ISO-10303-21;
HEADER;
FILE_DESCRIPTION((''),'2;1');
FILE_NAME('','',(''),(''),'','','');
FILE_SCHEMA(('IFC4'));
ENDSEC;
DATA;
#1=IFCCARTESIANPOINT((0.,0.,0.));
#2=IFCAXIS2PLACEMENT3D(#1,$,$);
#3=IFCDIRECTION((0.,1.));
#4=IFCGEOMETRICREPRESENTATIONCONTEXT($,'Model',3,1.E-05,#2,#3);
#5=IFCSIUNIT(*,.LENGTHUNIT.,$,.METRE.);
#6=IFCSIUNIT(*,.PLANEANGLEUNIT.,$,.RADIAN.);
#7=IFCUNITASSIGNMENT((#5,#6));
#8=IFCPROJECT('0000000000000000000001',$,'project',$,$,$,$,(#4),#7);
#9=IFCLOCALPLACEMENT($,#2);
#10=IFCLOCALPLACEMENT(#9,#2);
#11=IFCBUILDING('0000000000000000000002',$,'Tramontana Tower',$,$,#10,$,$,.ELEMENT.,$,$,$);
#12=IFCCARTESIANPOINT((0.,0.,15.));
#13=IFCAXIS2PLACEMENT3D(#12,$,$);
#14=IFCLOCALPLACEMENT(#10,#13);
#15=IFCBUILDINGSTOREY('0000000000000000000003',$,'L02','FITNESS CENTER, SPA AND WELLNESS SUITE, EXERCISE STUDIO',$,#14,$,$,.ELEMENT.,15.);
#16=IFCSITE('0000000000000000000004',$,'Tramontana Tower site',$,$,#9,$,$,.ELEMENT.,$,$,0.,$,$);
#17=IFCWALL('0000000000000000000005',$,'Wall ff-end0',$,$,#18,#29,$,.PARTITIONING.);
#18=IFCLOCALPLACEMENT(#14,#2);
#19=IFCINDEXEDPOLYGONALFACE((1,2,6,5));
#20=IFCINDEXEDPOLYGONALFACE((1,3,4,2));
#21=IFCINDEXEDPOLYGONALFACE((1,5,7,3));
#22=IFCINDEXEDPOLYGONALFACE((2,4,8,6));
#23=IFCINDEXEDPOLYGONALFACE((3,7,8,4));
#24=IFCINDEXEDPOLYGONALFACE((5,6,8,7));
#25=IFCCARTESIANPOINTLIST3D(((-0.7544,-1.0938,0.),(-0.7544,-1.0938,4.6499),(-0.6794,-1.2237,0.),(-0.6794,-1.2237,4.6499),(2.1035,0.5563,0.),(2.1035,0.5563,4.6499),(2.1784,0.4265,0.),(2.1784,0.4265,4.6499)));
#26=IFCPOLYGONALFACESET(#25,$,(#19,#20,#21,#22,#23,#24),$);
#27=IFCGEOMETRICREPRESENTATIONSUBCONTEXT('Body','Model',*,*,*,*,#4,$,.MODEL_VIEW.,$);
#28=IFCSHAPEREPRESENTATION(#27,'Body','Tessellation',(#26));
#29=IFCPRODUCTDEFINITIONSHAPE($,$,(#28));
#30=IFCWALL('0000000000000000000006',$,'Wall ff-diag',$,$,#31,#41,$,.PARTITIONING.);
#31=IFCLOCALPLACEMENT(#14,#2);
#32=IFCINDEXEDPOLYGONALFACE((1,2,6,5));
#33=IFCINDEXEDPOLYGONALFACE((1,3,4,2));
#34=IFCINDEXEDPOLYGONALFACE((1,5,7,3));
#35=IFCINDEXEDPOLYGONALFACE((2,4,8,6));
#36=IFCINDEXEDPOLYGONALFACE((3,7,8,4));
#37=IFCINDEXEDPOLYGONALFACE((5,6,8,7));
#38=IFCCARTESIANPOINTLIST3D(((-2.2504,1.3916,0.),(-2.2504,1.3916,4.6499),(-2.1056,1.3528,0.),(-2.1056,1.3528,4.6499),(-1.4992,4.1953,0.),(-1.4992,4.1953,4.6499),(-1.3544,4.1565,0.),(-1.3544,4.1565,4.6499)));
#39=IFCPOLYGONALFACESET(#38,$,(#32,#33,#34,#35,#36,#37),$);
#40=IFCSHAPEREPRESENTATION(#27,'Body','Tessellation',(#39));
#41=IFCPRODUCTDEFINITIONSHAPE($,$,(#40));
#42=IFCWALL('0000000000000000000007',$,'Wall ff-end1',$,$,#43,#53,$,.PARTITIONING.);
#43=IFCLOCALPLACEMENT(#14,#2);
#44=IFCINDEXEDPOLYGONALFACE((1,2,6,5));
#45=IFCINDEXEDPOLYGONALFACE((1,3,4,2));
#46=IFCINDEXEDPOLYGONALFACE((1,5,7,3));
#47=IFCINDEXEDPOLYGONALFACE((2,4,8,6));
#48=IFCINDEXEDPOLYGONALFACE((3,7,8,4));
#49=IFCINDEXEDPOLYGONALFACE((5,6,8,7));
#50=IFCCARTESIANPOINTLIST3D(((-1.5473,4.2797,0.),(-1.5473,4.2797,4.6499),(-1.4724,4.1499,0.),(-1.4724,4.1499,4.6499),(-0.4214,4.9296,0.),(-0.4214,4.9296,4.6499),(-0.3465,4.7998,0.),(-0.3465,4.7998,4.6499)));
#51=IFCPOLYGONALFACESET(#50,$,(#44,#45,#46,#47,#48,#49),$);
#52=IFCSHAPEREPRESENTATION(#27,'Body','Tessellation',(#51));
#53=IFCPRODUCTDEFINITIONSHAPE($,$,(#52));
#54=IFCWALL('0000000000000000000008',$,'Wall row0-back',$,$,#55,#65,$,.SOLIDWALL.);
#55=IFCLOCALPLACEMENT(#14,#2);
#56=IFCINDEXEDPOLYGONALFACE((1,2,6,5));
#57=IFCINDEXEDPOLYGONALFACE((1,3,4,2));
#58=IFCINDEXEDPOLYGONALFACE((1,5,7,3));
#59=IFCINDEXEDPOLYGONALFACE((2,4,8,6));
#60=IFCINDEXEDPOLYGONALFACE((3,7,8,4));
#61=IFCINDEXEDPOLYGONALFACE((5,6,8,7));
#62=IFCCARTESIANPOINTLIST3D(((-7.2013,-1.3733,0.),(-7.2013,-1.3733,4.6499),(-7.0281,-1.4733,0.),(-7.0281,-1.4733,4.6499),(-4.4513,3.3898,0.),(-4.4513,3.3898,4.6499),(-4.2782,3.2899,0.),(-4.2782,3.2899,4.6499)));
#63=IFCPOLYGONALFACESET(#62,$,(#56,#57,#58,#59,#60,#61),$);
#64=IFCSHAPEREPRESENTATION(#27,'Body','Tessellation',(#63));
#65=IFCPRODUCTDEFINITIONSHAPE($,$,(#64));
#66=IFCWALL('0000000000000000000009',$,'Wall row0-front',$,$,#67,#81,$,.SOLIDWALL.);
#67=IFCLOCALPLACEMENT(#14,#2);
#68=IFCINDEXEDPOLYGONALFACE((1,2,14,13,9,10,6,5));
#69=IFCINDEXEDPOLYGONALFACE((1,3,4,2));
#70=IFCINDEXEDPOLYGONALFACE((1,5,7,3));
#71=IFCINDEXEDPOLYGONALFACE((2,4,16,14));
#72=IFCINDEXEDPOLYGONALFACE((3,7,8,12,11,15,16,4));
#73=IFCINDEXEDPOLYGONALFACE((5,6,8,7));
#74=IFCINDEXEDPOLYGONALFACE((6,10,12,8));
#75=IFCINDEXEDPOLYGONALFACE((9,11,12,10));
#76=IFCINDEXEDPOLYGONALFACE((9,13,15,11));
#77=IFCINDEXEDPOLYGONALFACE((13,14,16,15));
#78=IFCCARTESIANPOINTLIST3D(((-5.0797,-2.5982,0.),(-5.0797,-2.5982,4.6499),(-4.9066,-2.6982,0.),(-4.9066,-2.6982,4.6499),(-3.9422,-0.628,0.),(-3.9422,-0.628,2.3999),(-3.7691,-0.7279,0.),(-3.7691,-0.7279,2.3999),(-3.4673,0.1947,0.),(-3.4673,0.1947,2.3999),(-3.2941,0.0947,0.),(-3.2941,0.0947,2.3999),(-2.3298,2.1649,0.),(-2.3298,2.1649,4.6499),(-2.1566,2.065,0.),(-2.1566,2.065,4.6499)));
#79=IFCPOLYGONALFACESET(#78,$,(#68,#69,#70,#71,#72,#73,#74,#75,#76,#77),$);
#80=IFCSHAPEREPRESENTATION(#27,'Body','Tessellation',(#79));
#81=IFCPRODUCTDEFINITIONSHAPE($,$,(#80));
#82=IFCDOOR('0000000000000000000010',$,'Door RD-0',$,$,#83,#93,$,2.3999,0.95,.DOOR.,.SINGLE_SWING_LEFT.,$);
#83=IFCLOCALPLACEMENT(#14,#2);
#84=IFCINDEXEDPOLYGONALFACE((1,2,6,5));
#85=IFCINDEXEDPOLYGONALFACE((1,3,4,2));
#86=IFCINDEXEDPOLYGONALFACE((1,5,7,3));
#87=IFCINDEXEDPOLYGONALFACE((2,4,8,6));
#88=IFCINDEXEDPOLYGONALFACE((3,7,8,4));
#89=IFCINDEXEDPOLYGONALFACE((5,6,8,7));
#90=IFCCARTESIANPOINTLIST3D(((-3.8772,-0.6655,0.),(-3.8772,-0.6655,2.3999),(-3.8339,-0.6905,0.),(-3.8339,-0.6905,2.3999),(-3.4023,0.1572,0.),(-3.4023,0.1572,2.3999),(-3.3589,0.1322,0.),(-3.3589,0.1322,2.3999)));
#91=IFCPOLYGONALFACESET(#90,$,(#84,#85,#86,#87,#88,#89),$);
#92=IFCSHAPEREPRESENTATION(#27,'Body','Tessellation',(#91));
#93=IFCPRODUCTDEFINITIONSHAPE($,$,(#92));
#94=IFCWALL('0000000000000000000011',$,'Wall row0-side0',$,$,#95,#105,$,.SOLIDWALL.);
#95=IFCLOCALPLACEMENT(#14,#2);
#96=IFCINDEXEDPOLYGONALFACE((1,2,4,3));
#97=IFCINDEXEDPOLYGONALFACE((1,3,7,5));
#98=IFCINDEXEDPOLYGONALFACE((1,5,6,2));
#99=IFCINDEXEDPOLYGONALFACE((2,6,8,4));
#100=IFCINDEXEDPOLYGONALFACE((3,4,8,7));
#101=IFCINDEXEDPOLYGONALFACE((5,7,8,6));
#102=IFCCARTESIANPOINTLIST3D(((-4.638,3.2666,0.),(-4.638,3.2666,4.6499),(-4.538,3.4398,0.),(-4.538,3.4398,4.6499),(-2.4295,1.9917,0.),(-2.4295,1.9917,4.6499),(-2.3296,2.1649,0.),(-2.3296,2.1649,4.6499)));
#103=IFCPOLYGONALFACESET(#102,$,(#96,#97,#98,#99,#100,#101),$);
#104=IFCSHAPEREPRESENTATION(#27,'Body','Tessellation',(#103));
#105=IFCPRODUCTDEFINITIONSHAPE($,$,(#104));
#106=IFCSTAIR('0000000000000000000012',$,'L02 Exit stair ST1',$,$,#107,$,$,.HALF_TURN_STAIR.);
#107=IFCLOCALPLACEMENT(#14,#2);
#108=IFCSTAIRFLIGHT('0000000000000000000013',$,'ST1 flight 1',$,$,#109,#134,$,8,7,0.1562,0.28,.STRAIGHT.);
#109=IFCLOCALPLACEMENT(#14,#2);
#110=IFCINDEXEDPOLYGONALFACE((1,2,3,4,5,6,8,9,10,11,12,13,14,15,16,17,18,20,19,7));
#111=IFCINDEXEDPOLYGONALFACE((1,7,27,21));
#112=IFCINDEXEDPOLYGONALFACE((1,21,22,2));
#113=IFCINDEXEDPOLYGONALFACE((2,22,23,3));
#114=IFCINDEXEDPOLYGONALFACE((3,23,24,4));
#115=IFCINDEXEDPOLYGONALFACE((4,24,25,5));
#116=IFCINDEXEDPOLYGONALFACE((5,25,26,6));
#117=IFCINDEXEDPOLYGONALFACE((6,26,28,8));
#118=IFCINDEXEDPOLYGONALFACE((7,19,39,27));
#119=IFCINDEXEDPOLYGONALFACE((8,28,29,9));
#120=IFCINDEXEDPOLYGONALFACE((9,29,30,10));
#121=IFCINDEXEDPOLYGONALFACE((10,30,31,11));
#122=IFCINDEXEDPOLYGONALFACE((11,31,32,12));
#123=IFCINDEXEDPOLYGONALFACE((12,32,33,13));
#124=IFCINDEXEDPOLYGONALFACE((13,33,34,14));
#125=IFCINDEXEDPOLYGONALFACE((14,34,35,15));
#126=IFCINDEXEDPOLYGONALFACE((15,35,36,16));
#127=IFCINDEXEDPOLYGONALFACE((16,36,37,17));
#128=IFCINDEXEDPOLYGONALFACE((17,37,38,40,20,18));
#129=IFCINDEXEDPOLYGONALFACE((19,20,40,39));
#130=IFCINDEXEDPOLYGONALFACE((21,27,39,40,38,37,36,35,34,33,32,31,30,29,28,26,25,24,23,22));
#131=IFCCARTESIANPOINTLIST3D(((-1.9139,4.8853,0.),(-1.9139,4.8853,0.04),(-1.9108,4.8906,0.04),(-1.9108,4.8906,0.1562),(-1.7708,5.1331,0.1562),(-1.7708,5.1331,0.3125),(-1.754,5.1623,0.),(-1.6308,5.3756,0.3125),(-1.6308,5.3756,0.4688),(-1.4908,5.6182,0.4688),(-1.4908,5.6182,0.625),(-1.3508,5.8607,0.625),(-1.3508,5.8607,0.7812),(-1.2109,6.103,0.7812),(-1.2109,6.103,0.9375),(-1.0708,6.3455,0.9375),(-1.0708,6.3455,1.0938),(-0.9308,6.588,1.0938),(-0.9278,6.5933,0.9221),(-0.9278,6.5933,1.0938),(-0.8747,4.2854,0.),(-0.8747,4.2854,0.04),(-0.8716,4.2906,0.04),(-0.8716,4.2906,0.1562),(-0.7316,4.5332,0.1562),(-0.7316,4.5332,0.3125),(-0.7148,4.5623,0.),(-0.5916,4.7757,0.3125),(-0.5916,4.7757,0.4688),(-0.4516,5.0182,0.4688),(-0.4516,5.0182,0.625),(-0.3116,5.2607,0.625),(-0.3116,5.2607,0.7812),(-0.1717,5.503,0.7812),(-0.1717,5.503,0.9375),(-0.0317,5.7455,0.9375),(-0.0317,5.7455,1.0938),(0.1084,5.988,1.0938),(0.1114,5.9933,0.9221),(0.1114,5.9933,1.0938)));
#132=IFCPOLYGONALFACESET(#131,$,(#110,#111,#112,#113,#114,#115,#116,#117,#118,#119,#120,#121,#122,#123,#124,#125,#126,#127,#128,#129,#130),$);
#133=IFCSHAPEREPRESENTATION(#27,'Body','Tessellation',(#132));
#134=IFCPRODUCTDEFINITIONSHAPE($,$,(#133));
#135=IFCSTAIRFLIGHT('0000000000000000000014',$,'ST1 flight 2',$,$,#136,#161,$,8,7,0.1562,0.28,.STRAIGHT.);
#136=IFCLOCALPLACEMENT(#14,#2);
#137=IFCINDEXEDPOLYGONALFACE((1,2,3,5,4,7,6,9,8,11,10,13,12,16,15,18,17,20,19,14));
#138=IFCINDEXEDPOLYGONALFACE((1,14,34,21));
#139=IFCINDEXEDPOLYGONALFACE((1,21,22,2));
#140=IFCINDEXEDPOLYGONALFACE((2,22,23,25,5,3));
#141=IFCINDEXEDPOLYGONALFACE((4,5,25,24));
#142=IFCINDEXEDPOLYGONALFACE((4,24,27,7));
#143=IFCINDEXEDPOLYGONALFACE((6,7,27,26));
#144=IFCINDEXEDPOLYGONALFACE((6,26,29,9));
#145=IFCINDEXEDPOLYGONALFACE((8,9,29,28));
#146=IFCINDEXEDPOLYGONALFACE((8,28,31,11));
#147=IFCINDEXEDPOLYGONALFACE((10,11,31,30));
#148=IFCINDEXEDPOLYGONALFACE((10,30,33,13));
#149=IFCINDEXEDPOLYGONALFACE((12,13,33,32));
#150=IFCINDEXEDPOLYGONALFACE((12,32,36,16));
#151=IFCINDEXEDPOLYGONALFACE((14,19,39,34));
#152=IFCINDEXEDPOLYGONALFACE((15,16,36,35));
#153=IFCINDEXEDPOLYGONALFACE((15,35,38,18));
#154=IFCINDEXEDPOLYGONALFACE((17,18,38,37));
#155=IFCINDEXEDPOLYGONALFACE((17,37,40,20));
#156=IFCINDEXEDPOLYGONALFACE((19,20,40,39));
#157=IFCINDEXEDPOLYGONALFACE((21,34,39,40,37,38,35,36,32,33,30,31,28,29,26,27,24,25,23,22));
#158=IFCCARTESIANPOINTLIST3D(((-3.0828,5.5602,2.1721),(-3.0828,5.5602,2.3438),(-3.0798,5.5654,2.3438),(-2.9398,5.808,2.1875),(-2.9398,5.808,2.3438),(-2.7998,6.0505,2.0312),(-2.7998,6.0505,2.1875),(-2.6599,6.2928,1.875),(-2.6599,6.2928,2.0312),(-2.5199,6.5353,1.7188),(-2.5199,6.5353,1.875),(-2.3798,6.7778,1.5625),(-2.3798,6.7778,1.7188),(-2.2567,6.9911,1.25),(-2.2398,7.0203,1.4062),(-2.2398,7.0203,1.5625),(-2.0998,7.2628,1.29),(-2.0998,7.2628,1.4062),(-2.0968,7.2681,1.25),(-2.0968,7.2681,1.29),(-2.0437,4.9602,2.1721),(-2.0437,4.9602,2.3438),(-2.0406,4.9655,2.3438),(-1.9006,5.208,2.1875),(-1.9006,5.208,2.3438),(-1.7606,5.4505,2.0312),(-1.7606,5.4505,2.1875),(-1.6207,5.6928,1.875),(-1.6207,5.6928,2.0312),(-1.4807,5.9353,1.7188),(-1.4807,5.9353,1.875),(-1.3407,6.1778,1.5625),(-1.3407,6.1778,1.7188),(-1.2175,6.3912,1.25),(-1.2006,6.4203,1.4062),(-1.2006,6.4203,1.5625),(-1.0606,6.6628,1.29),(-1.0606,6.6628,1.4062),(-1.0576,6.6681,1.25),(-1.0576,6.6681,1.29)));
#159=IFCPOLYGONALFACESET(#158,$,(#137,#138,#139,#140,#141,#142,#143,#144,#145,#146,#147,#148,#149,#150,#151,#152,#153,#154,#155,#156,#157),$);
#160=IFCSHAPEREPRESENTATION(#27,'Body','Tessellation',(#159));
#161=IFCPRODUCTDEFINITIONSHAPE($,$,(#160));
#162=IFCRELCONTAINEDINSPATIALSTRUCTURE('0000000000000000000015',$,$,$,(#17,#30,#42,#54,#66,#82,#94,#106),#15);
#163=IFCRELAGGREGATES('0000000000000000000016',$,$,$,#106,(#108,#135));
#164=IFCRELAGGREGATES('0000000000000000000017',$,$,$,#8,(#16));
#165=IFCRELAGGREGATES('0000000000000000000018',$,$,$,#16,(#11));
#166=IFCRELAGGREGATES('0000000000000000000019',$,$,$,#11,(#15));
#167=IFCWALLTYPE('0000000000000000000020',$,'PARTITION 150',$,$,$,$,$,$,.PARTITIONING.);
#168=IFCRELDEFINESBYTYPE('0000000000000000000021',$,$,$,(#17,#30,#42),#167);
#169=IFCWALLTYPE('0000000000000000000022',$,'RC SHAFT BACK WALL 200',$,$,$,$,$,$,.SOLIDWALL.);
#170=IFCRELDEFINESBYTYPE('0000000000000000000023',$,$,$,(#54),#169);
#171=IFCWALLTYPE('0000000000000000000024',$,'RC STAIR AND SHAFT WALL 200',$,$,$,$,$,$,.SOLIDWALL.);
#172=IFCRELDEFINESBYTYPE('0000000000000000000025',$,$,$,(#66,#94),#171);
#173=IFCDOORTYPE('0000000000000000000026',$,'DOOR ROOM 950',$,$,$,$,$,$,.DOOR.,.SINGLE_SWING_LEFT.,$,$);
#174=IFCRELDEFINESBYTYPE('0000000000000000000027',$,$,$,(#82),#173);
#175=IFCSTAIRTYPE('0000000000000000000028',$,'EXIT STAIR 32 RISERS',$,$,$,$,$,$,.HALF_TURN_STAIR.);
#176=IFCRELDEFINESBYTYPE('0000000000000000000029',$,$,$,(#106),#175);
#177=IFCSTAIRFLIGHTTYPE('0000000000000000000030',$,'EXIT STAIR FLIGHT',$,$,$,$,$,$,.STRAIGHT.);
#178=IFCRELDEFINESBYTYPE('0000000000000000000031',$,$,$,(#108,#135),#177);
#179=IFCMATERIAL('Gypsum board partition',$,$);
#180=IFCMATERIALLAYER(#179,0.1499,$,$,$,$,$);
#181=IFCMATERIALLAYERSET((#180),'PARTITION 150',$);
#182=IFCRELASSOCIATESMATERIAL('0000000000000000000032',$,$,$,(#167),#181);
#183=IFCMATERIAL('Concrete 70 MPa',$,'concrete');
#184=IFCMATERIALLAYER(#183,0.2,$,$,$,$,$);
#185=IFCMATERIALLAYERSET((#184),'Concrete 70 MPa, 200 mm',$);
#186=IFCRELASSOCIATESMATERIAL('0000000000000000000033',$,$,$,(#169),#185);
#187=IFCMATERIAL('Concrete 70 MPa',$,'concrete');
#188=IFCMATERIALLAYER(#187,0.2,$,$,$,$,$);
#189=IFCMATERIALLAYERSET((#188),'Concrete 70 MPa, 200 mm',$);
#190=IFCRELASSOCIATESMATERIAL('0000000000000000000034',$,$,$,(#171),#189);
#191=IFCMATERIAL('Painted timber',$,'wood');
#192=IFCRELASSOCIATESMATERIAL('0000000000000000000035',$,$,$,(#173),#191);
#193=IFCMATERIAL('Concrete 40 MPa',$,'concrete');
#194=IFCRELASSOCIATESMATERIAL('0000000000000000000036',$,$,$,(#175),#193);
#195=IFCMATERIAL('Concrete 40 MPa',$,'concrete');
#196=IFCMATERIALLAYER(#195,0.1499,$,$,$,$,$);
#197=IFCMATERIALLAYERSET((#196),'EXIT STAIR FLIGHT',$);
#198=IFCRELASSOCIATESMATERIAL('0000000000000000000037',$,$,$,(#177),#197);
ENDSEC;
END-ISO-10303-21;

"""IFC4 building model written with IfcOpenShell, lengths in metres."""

from ifc_helpers import new_model, si_unit, direction, frame, frame_2d, origin, place, context, subcontext, project, spatial, polyline, rectangle, outline, extrude, material, layer, layer_set, type_object, element, fill, aggregate, save


model = new_model("IFC4")

# Units and contexts
model_context = context("Model", 3, precision=1e-05, world=origin(), true_north=direction((0.0, 1.0)))
body_context = subcontext(model_context, "Body", "Model", "MODEL_VIEW")
ifc_project = project(units=[si_unit("LENGTHUNIT", "METRE"), si_unit("PLANEANGLEUNIT", "RADIAN")], contexts=[model_context])

# Site, building, storey
site_placement = place(None, origin())
site = spatial("IfcSite", under=ifc_project, at=site_placement, Name="Tramontana Tower site", CompositionType="ELEMENT", RefElevation=0.0)
building_placement = place(site_placement, origin())
building = spatial("IfcBuilding", under=site, at=building_placement, Name="Tramontana Tower", CompositionType="ELEMENT")
storey_placement = place(building_placement, frame((0.0, 0.0, 15.0)))
storey = spatial("IfcBuildingStorey", under=building, at=storey_placement, Name="L02", Description="FITNESS CENTER, SPA AND WELLNESS SUITE, EXERCISE STUDIO", CompositionType="ELEMENT", Elevation=15.0)

# Shared definitions
ifc_material_1 = material(Name="Gypsum board partition")
ifc_layer_1 = layer(ifc_material_1, 0.1499)
ifc_layer_set_1 = layer_set([ifc_layer_1], Name="PARTITION 150")
wall_type_1 = type_object("IfcWallType", Name="PARTITION 150", PredefinedType="PARTITIONING", material=ifc_layer_set_1)

# Walls
wall_1_placement = place(storey_placement, frame((-0.7168, -1.1587, 0.0), z_axis=(0.0, 0.0, 1.0), x_axis=(0.866008, 0.50003, 0.0)))
element("IfcWall", 1, at=wall_1_placement, inside=storey, type_object=wall_type_1, Name="Wall ff-end0", PredefinedType="PARTITIONING", context=body_context, shape_type="SweptSolid", body=[
    extrude(rectangle(XDim=3.3, YDim=0.1499, at=frame_2d((1.6499, 0.0))), origin(), (0.0, 0.0, 1.0), 4.6499),
])
wall_2_placement = place(storey_placement, frame((-2.178, 1.3723, 0.0), z_axis=(0.0, 0.0, 1.0), x_axis=(0.258809, 0.965929, 0.0)))
element("IfcWall", 2, at=wall_2_placement, inside=storey, type_object=wall_type_1, Name="Wall ff-diag", PredefinedType="PARTITIONING", context=body_context, shape_type="SweptSolid", body=[
    extrude(rectangle(XDim=2.9026, YDim=0.1499, at=frame_2d((1.4512, 0.0))), origin(), (0.0, 0.0, 1.0), 4.6499),
])
wall_3_placement = place(storey_placement, frame((-1.5098, 4.2148, 0.0), z_axis=(0.0, 0.0, 1.0), x_axis=(0.866086, 0.499896, 0.0)))
element("IfcWall", 3, at=wall_3_placement, inside=storey, type_object=wall_type_1, Name="Wall ff-end1", PredefinedType="PARTITIONING", context=body_context, shape_type="SweptSolid", body=[
    extrude(rectangle(XDim=1.3, YDim=0.1499, at=frame_2d((0.6499, 0.0))), origin(), (0.0, 0.0, 1.0), 4.6499),
])
ifc_material_2 = material(Name="Concrete 70 MPa", Category="concrete")
ifc_layer_2 = layer(ifc_material_2, 0.2)
ifc_layer_set_2 = layer_set([ifc_layer_2], Name="Concrete 70 MPa, 200 mm")
wall_type_2 = type_object("IfcWallType", Name="RC SHAFT BACK WALL 200", PredefinedType="SOLIDWALL", material=ifc_layer_set_2)
wall_4_placement = place(storey_placement, frame((-4.3647, 3.3398, 0.0), z_axis=(0.0, 0.0, 1.0), x_axis=(-0.499997, -0.866027, 0.0)))
element("IfcWall", 4, at=wall_4_placement, inside=storey, type_object=wall_type_2, Name="Wall row0-back", PredefinedType="SOLIDWALL", context=body_context, shape_type="SweptSolid", body=[
    extrude(rectangle(XDim=5.5, YDim=0.2, at=frame_2d((2.75, 0.0))), origin(), (0.0, 0.0, 1.0), 4.6499),
])

# Wall, opening, door
ifc_material_3 = material(Name="Concrete 70 MPa", Category="concrete")
ifc_layer_3 = layer(ifc_material_3, 0.2)
ifc_layer_set_3 = layer_set([ifc_layer_3], Name="Concrete 70 MPa, 200 mm")
wall_type_3 = type_object("IfcWallType", Name="RC STAIR AND SHAFT WALL 200", PredefinedType="SOLIDWALL", material=ifc_layer_set_3)
wall_5_placement = place(storey_placement, frame((-4.9932, -2.6482, 0.0), z_axis=(0.0, 0.0, 1.0), x_axis=(0.499997, 0.866027, 0.0)))
wall_5 = element("IfcWall", 5, at=wall_5_placement, inside=storey, type_object=wall_type_3, Name="Wall row0-front", PredefinedType="SOLIDWALL", context=body_context, shape_type="SweptSolid", body=[
    extrude(rectangle(XDim=5.5, YDim=0.2, at=frame_2d((2.75, 0.0))), origin(), (0.0, 0.0, 1.0), 4.6499),
])
opening_1_placement = place(wall_5_placement, frame((2.2749, 0.0, 0.0)))
opening_1 = element("IfcOpeningElement", 6, at=opening_1_placement, cuts=wall_5, PredefinedType="OPENING", context=body_context, shape_type="SweptSolid", body=[
    extrude(rectangle(XDim=0.95, YDim=2.3999, at=frame_2d((0.4751, 1.2))), frame((0.0, 0.1099, 0.0), z_axis=(0.0, -1.0, 0.0), x_axis=(1.0, 0.0, 0.0)), (0.0, 0.0, 1.0), 0.22),
])
ifc_material_4 = material(Name="Painted timber", Category="wood")
door_type_1 = type_object("IfcDoorType", Name="DOOR ROOM 950", OperationType="SINGLE_SWING_LEFT", PredefinedType="DOOR", material=ifc_material_4)
door_1_placement = place(opening_1_placement, origin())
door_1 = element("IfcDoor", 7, at=door_1_placement, inside=storey, type_object=door_type_1, Name="Door RD-0", OperationType="SINGLE_SWING_LEFT", OverallHeight=2.3999, OverallWidth=0.95, PredefinedType="DOOR", context=body_context, shape_type="SweptSolid", body=[
    extrude(rectangle(XDim=0.95, YDim=2.3999, at=frame_2d((0.4751, 1.2))), frame((0.0, 0.0249, 0.0), z_axis=(0.0, -1.0, 0.0), x_axis=(1.0, 0.0, 0.0)), (0.0, 0.0, 1.0), 0.05),
])
fill(opening_1, door_1)

# Wall
wall_6_placement = place(storey_placement, frame((-2.3796, 2.0784, 0.0), z_axis=(0.0, 0.0, 1.0), x_axis=(-0.866055, 0.499949, 0.0)))
element("IfcWall", 8, at=wall_6_placement, inside=storey, type_object=wall_type_3, Name="Wall row0-side0", PredefinedType="SOLIDWALL", context=body_context, shape_type="SweptSolid", body=[
    extrude(rectangle(XDim=2.55, YDim=0.2, at=frame_2d((1.2749, 0.0))), origin(), (0.0, 0.0, 1.0), 4.6499),
])

# Stair, stair flights
ifc_material_5 = material(Name="Concrete 40 MPa", Category="concrete")
stair_type = type_object("IfcStairType", Name="EXIT STAIR 32 RISERS", PredefinedType="HALF_TURN_STAIR", material=ifc_material_5)
stair_placement = place(storey_placement, origin())
stair = element("IfcStair", 9, at=stair_placement, inside=storey, type_object=stair_type, Name="L02 Exit stair ST1", PredefinedType="HALF_TURN_STAIR")
ifc_material_6 = material(Name="Concrete 40 MPa", Category="concrete")
ifc_layer_4 = layer(ifc_material_6, 0.1499)
ifc_layer_set_4 = layer_set([ifc_layer_4], Name="EXIT STAIR FLIGHT")
stair_flight_type = type_object("IfcStairFlightType", Name="EXIT STAIR FLIGHT", PredefinedType="STRAIGHT", material=ifc_layer_set_4)
stair_flight_1_placement = place(storey_placement, frame((-1.3911, 4.5906, 0.0), z_axis=(0.0, 0.0, 1.0), x_axis=(0.5, 0.866025, 0.0)))
stair_flight_1 = element("IfcStairFlight", 10, at=stair_flight_1_placement, type_object=stair_flight_type, Name="ST1 flight 1", NumberOfRisers=8, NumberOfTreads=7, PredefinedType="STRAIGHT", RiserHeight=0.1562, TreadLength=0.28, context=body_context, shape_type="SweptSolid", body=[
    extrude(outline(polyline([(-0.0061, 0.0), (-0.0061, 0.04), (0.0, 0.04), (0.0, 0.1562), (0.28, 0.1562), (0.28, 0.3125), (0.5601, 0.3125), (0.5601, 0.4688), (0.8401, 0.4688), (0.8401, 0.625), (1.1201, 0.625), (1.1201, 0.7812), (1.3999, 0.7812), (1.3999, 0.9375), (1.6799, 0.9375), (1.6799, 1.0938), (1.96, 1.0938), (1.9661, 1.0938), (1.9661, 0.9221), (0.3137, 0.0), (-0.0061, 0.0)])), frame((0.0, 0.6001, 0.0), z_axis=(0.0, -1.0, 0.0), x_axis=(1.0, 0.0, 0.0)), (0.0, 0.0, 1.0), 1.2),
])
stair_flight_2_placement = place(storey_placement, frame((-1.5803, 6.9629, 1.25), z_axis=(0.0, 0.0, 1.0), x_axis=(-0.5, -0.866025, 0.0)))
stair_flight_2 = element("IfcStairFlight", 11, at=stair_flight_2_placement, type_object=stair_flight_type, Name="ST1 flight 2", NumberOfRisers=8, NumberOfTreads=7, PredefinedType="STRAIGHT", RiserHeight=0.1562, TreadLength=0.28, context=body_context, shape_type="SweptSolid", body=[
    extrude(outline(polyline([(-0.0061, 0.0), (-0.0061, 0.04), (0.0, 0.04), (0.0, 0.1562), (0.28, 0.1562), (0.28, 0.3125), (0.5601, 0.3125), (0.5601, 0.4688), (0.8401, 0.4688), (0.8401, 0.625), (1.1201, 0.625), (1.1201, 0.7812), (1.3999, 0.7812), (1.3999, 0.9375), (1.6799, 0.9375), (1.6799, 1.0938), (1.96, 1.0938), (1.9661, 1.0938), (1.9661, 0.9221), (0.3137, 0.0), (-0.0061, 0.0)])), frame((0.0, 0.6001, 0.0), z_axis=(0.0, -1.0, 0.0), x_axis=(1.0, 0.0, 0.0)), (0.0, 0.0, 1.0), 1.2),
])
aggregate(stair, [stair_flight_1, stair_flight_2])

save(model, "model.ifc")
